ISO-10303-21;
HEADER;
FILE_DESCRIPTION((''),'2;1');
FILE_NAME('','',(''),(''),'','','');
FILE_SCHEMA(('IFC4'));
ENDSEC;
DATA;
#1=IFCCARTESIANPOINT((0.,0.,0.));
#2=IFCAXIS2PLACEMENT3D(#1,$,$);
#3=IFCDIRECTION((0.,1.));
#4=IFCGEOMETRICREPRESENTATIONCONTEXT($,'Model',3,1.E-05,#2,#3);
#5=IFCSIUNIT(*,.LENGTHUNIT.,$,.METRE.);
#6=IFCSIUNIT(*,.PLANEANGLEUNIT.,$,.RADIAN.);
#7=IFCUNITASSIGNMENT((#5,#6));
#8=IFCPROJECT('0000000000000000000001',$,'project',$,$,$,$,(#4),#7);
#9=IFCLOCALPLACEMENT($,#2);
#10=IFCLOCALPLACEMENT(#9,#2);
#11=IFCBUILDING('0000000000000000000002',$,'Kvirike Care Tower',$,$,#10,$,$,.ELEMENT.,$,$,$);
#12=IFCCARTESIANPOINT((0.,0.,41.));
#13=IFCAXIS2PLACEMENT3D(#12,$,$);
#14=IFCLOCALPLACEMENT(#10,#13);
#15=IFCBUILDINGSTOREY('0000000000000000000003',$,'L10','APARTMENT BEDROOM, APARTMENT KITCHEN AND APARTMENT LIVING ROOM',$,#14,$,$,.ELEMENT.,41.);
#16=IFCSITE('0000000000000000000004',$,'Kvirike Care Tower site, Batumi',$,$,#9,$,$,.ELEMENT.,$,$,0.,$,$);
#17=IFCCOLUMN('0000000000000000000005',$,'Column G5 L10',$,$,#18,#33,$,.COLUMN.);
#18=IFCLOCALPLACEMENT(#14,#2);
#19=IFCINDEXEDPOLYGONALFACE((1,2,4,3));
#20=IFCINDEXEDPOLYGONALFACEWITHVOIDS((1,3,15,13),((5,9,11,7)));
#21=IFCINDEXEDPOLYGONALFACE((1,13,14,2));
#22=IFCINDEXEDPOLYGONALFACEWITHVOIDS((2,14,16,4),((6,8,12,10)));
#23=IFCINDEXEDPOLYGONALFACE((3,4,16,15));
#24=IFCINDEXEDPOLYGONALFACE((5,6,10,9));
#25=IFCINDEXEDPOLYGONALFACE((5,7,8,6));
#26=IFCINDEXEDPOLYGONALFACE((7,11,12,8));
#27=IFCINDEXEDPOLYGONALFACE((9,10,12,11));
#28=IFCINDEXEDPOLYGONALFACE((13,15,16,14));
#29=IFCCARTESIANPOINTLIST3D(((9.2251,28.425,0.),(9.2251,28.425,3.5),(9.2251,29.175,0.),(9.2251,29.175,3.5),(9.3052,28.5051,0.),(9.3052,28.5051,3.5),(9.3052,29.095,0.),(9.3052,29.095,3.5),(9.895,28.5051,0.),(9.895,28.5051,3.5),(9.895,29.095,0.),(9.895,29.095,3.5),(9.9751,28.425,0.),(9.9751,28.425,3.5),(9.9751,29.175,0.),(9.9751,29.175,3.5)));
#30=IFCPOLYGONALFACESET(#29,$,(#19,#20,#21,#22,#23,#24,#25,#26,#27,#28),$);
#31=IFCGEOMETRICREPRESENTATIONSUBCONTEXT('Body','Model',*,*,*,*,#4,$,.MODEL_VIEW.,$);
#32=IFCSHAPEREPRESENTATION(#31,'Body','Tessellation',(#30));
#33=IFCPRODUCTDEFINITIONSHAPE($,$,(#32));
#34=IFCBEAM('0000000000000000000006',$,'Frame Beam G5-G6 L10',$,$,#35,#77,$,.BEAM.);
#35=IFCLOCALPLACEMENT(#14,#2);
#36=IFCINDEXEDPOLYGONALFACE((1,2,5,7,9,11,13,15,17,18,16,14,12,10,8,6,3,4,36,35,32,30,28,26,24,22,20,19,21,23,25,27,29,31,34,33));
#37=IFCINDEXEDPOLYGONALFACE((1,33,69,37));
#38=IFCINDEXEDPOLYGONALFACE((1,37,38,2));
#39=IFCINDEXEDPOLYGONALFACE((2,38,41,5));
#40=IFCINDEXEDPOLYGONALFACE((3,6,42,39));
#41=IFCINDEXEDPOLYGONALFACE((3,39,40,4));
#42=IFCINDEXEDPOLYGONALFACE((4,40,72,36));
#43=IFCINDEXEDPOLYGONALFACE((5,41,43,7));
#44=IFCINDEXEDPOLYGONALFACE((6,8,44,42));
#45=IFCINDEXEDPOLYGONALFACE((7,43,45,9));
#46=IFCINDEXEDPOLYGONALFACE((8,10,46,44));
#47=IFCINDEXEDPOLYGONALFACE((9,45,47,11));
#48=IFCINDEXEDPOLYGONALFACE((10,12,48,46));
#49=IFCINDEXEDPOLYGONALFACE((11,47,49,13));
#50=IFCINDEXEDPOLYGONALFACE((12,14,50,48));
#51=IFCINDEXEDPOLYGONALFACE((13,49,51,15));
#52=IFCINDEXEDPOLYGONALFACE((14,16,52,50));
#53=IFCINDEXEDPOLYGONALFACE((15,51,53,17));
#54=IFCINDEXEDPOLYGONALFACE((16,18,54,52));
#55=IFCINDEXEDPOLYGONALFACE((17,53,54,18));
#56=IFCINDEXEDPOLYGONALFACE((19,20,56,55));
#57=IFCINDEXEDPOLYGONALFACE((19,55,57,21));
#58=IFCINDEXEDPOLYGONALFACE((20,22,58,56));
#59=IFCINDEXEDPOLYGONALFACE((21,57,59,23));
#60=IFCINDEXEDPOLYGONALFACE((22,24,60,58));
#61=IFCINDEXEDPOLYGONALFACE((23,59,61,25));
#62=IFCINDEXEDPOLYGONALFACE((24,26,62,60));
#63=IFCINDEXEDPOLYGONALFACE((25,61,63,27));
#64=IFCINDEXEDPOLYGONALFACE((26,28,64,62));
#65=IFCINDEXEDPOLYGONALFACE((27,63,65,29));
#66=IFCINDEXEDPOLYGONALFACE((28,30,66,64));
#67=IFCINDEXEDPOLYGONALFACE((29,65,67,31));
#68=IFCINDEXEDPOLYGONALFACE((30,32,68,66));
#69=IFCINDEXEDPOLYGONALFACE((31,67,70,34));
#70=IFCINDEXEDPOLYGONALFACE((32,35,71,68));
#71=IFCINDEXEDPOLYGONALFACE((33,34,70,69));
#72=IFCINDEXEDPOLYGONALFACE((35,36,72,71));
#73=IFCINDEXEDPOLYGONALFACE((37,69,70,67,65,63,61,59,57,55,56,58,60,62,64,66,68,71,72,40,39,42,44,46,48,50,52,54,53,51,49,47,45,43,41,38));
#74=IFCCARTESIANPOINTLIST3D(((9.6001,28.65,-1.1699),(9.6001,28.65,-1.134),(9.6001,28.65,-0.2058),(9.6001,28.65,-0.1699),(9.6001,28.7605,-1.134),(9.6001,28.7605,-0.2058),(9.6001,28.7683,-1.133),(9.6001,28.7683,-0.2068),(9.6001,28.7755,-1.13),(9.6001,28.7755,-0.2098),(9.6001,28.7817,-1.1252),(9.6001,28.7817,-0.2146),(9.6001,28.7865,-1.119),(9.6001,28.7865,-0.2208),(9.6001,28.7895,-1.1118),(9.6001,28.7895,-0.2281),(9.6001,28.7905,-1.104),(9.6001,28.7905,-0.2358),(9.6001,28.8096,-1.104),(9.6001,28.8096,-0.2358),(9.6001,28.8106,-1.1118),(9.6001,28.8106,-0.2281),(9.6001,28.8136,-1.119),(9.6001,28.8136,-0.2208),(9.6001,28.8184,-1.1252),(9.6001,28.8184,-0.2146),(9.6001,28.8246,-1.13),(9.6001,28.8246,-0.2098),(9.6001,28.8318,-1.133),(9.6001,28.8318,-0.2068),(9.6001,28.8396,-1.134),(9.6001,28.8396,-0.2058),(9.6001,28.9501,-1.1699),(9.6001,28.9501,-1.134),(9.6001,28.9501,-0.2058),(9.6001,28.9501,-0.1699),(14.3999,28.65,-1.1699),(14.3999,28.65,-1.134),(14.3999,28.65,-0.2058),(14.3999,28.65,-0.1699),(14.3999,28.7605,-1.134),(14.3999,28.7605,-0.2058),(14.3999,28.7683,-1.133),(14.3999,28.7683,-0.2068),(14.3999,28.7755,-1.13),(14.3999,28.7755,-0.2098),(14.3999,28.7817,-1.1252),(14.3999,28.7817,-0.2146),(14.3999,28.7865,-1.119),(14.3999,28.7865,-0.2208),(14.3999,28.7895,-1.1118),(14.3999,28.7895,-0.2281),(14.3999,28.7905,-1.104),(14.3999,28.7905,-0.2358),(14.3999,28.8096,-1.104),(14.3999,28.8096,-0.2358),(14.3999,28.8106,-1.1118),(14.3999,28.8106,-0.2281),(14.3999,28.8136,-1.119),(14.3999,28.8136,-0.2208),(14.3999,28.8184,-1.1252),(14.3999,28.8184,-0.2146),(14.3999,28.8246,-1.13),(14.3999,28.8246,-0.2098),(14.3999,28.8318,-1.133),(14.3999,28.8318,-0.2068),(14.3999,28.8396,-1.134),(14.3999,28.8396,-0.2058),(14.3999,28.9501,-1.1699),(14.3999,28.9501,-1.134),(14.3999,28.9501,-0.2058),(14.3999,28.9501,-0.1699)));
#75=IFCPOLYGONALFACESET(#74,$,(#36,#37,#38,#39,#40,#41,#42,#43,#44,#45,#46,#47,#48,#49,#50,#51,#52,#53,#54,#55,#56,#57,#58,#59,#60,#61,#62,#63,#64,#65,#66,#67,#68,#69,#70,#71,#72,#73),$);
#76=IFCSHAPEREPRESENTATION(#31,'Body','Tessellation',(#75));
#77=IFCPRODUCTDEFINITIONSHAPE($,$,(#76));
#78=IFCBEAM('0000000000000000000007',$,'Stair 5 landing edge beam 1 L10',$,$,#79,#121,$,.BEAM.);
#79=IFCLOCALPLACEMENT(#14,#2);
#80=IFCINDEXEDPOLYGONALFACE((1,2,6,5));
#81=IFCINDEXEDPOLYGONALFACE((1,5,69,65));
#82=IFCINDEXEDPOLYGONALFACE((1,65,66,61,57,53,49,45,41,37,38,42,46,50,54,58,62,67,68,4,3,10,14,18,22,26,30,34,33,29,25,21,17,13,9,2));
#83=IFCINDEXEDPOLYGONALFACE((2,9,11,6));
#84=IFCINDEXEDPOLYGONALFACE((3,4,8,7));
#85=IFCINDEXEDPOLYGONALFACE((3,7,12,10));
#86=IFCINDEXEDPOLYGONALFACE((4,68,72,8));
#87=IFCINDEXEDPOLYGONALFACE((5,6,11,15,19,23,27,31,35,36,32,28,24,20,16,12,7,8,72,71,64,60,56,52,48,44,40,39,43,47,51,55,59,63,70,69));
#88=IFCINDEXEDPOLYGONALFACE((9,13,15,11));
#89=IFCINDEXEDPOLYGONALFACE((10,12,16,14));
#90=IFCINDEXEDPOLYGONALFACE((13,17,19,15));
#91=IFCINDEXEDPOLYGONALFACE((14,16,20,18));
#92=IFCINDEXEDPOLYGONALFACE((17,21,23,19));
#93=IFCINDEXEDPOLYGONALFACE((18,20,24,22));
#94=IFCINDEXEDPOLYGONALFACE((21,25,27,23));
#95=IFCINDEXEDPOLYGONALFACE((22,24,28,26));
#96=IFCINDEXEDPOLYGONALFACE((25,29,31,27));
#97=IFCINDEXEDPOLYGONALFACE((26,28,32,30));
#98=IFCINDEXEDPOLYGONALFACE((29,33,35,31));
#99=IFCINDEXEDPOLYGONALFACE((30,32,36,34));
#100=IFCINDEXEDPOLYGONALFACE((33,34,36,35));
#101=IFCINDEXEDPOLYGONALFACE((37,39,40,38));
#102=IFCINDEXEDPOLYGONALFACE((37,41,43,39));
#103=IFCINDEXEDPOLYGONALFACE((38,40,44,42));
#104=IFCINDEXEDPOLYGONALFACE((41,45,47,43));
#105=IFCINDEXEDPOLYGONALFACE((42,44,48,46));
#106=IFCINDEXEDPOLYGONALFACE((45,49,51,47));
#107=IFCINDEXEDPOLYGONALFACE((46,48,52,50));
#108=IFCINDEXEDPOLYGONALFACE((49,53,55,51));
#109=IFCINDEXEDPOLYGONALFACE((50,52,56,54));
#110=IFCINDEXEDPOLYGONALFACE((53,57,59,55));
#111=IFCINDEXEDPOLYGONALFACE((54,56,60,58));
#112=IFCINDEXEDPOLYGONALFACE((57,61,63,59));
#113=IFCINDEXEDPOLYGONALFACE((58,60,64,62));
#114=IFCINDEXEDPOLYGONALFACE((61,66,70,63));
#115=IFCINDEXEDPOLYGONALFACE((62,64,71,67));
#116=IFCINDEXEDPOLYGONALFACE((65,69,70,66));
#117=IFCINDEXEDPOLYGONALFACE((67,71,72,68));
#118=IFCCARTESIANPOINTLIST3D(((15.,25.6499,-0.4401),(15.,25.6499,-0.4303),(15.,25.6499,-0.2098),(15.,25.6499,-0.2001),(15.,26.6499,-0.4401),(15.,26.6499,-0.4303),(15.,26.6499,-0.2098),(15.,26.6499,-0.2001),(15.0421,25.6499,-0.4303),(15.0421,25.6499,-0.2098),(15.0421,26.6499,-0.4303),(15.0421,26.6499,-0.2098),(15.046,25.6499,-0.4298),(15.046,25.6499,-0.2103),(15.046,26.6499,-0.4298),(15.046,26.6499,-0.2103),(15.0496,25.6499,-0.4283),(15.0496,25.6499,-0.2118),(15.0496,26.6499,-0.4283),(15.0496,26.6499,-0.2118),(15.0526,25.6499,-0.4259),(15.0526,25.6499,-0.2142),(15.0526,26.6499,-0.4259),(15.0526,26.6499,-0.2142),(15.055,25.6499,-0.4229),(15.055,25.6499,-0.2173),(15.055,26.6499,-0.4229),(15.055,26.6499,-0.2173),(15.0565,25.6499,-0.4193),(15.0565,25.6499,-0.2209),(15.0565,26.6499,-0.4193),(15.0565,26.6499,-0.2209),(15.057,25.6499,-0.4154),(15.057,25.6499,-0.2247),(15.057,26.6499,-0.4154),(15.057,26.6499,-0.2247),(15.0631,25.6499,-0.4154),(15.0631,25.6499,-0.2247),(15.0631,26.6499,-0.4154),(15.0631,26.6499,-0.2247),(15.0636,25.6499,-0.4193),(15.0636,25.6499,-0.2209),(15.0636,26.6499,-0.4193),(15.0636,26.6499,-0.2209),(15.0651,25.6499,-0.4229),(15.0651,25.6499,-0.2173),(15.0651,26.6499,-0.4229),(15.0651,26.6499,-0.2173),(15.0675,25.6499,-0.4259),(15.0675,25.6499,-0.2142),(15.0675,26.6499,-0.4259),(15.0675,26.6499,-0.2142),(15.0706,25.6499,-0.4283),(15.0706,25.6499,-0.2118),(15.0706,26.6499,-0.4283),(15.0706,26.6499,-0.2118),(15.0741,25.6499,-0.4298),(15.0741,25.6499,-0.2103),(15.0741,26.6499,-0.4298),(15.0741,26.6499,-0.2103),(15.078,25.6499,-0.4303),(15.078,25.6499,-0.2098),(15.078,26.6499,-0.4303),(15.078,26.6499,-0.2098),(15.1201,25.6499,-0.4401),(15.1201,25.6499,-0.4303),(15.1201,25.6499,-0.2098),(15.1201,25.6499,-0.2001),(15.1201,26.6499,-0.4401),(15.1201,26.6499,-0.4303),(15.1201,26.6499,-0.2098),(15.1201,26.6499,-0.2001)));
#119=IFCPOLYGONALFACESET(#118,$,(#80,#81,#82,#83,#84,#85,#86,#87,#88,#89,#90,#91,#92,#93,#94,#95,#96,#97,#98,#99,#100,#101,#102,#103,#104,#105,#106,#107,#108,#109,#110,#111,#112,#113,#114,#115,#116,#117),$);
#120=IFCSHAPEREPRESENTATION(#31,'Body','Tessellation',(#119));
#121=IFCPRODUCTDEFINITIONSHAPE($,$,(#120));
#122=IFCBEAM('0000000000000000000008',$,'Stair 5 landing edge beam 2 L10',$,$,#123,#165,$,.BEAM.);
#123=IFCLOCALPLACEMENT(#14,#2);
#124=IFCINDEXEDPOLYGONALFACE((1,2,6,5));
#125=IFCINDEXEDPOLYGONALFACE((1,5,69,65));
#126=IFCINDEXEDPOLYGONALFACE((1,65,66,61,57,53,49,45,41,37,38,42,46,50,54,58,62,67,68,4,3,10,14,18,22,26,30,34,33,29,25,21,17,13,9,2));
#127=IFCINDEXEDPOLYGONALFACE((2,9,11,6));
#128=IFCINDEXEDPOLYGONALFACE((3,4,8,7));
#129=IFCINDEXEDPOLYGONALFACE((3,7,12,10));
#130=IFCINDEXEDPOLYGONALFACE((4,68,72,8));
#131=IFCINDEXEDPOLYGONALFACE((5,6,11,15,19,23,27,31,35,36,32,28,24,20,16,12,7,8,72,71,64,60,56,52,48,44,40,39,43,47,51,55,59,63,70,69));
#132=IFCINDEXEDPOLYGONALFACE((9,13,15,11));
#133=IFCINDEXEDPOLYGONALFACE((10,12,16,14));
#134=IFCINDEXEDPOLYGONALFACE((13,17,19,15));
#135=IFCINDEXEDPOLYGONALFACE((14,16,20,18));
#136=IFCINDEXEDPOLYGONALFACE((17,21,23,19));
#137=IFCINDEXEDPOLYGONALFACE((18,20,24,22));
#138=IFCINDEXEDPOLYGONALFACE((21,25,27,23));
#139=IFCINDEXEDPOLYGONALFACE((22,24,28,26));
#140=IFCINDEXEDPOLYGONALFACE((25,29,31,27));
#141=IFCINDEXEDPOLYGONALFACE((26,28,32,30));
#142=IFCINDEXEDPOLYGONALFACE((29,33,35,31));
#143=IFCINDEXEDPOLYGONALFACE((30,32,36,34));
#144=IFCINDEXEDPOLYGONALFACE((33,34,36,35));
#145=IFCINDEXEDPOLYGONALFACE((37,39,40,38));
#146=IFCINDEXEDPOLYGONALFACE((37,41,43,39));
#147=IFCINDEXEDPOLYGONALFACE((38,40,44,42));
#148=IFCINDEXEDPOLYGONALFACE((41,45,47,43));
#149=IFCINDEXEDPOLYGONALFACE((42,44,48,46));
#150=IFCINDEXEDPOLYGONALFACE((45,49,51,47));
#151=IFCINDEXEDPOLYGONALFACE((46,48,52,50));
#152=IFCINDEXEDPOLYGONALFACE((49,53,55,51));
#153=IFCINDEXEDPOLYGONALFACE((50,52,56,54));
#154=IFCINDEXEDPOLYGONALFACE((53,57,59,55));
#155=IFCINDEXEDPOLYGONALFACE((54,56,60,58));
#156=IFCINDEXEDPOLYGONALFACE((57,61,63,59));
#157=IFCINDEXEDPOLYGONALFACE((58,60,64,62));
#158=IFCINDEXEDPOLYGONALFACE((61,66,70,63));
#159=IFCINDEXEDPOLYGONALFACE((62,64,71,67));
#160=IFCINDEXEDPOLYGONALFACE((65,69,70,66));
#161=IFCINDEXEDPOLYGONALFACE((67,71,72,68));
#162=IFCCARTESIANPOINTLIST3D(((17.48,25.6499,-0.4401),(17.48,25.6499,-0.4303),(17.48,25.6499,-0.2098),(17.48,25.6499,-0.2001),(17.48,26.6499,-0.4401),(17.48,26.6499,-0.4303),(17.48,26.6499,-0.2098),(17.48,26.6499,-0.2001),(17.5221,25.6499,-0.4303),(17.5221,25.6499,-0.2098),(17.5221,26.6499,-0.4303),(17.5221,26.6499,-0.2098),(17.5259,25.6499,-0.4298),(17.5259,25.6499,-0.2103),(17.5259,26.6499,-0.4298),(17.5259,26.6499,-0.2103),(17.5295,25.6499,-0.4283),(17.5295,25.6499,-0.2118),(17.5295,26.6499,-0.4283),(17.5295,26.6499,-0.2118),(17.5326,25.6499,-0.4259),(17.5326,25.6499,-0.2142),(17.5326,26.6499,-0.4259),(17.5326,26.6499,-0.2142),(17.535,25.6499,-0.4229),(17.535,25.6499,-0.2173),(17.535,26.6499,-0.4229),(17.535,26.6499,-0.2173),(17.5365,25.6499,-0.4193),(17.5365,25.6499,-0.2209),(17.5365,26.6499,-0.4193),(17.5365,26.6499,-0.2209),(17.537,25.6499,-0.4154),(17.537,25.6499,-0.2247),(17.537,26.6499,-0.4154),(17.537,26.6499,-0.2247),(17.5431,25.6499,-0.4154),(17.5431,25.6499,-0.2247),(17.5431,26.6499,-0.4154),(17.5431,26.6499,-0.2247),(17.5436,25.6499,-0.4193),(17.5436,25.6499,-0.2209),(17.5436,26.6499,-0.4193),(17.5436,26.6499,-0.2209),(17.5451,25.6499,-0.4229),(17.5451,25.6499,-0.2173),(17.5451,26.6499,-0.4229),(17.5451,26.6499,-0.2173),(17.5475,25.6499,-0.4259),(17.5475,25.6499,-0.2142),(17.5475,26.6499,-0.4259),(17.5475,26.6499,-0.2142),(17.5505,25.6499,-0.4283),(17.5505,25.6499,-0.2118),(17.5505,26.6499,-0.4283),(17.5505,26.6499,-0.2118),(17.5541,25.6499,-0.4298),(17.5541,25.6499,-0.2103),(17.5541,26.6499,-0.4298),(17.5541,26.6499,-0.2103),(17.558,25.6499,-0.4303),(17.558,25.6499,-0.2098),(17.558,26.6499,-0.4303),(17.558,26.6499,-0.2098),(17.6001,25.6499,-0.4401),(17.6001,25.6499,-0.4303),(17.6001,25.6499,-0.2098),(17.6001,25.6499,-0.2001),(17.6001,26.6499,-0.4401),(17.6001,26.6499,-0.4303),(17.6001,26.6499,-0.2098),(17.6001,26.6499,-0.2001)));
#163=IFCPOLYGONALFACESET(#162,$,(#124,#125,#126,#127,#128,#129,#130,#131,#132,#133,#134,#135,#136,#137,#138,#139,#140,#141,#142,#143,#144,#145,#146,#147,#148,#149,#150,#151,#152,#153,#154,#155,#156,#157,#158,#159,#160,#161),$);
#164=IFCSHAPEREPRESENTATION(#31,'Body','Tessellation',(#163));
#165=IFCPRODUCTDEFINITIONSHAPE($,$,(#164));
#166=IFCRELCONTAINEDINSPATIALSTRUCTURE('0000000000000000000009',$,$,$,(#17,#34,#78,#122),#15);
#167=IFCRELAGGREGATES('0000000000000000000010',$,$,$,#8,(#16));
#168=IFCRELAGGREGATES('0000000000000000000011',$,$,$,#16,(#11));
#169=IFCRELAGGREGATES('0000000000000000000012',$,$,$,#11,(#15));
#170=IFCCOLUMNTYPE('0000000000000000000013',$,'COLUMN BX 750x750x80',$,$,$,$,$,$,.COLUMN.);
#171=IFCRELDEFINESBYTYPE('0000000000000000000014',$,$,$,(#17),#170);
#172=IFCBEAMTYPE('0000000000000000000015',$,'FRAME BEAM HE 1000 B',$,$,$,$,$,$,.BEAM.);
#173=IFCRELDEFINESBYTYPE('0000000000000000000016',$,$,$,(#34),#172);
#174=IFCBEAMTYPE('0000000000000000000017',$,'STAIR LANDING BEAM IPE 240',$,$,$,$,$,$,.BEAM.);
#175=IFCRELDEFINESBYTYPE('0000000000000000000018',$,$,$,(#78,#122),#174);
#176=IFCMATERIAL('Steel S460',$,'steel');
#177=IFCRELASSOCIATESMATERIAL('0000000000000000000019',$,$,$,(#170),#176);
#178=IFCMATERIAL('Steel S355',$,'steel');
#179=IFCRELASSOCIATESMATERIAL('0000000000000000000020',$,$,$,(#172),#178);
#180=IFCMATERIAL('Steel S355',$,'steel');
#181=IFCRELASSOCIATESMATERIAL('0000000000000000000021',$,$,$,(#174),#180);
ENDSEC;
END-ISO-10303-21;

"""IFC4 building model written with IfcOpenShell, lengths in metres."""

from ifc_helpers import new_model, si_unit, direction, frame, origin, origin_2d, place, context, subcontext, project, spatial, hollow_rectangle, i_section, extrude, material, material_profile, profile_set, type_object, element, save


model = new_model("IFC4")

# Units and contexts
model_context = context("Model", 3, precision=1e-05, world=origin(), true_north=direction((0.0, 1.0)))
body_context = subcontext(model_context, "Body", "Model", "MODEL_VIEW")
ifc_project = project(units=[si_unit("LENGTHUNIT", "METRE"), si_unit("PLANEANGLEUNIT", "RADIAN")], contexts=[model_context])

# Site, building, storey
site_placement = place(None, origin())
site = spatial("IfcSite", under=ifc_project, at=site_placement, Name="Kvirike Care Tower site, Batumi", CompositionType="ELEMENT", RefElevation=0.0)
building_placement = place(site_placement, origin())
building = spatial("IfcBuilding", under=site, at=building_placement, Name="Kvirike Care Tower", CompositionType="ELEMENT")
storey_placement = place(building_placement, frame((0.0, 0.0, 41.0)))
storey = spatial("IfcBuildingStorey", under=building, at=storey_placement, Name="L10", Description="APARTMENT BEDROOM, APARTMENT KITCHEN AND APARTMENT LIVING ROOM", CompositionType="ELEMENT", Elevation=41.0)

# Column
ifc_material_1 = material(Name="Steel S460", Category="steel")
ifc_material_profile_1 = material_profile(ifc_material_1, hollow_rectangle(XDim=0.75, YDim=0.75, WallThickness=0.0801, at=origin_2d()), Name="BX 750x750x80")
ifc_profile_set_1 = profile_set([ifc_material_profile_1], Name="Steel S460")
column_type = type_object("IfcColumnType", Name="COLUMN BX 750x750x80", PredefinedType="COLUMN", material=ifc_profile_set_1)
column_placement = place(storey_placement, frame((9.6001, 28.8, 0.0), z_axis=(0.0, 0.0, 1.0), x_axis=(0.0, 1.0, 0.0)))
element("IfcColumn", 1, at=column_placement, inside=storey, type_object=column_type, Name="Column G5 L10", PredefinedType="COLUMN", context=body_context, shape_type="SweptSolid", body=[
    extrude(hollow_rectangle(XDim=0.75, YDim=0.75, WallThickness=0.0801, at=origin_2d()), origin(), (0.0, 0.0, 1.0), 3.5),
])

# Beams
ifc_material_2 = material(Name="Steel S355", Category="steel")
ifc_material_profile_2 = material_profile(ifc_material_2, i_section(OverallWidth=0.3, OverallDepth=1.0, WebThickness=0.019, FlangeThickness=0.0359, FilletRadius=0.03, at=origin_2d()), Name="HE 1000 B")
ifc_profile_set_2 = profile_set([ifc_material_profile_2], Name="Steel S355")
beam_type_1 = type_object("IfcBeamType", Name="FRAME BEAM HE 1000 B", PredefinedType="BEAM", material=ifc_profile_set_2)
beam_placement = place(storey_placement, frame((9.6001, 28.8, -0.6699), z_axis=(1.0, 0.0, 0.0), x_axis=(0.0, 1.0, 0.0)))
element("IfcBeam", 2, at=beam_placement, inside=storey, type_object=beam_type_1, Name="Frame Beam G5-G6 L10", PredefinedType="BEAM", context=body_context, shape_type="SweptSolid", body=[
    extrude(i_section(OverallWidth=0.3, OverallDepth=1.0, WebThickness=0.019, FlangeThickness=0.0359, FilletRadius=0.03, at=origin_2d()), origin(), (0.0, 0.0, 1.0), 4.7998),
])
ifc_material_3 = material(Name="Steel S355", Category="steel")
ifc_material_profile_3 = material_profile(ifc_material_3, i_section(OverallWidth=0.1201, OverallDepth=0.24, WebThickness=0.0061, FlangeThickness=0.0098, FilletRadius=0.0149, at=origin_2d()), Name="IPE 240")
ifc_profile_set_3 = profile_set([ifc_material_profile_3], Name="Steel S355")
beam_type_2 = type_object("IfcBeamType", Name="STAIR LANDING BEAM IPE 240", PredefinedType="BEAM", material=ifc_profile_set_3)
for number, where, z_axis, x_axis, name in (
    (3, (15.0601, 25.6499, -0.3201), (0.0, 1.0, 0.0), (-1.0, 0.0, 0.0), "Stair 5 landing edge beam 1 L10"),
    (4, (17.54, 25.6499, -0.3201), (0.0, 1.0, 0.0), (-1.0, 0.0, 0.0), "Stair 5 landing edge beam 2 L10"),
):
    element("IfcBeam", number, at=place(storey_placement, frame(where, z_axis=z_axis, x_axis=x_axis)), inside=storey, type_object=beam_type_2, Name=name, PredefinedType="BEAM", context=body_context, shape_type="SweptSolid", body=[
        extrude(i_section(OverallWidth=0.1201, OverallDepth=0.24, WebThickness=0.0061, FlangeThickness=0.0098, FilletRadius=0.0149, at=origin_2d()), origin(), (0.0, 0.0, 1.0), 1.0),
    ])

save(model, "model.ifc")
